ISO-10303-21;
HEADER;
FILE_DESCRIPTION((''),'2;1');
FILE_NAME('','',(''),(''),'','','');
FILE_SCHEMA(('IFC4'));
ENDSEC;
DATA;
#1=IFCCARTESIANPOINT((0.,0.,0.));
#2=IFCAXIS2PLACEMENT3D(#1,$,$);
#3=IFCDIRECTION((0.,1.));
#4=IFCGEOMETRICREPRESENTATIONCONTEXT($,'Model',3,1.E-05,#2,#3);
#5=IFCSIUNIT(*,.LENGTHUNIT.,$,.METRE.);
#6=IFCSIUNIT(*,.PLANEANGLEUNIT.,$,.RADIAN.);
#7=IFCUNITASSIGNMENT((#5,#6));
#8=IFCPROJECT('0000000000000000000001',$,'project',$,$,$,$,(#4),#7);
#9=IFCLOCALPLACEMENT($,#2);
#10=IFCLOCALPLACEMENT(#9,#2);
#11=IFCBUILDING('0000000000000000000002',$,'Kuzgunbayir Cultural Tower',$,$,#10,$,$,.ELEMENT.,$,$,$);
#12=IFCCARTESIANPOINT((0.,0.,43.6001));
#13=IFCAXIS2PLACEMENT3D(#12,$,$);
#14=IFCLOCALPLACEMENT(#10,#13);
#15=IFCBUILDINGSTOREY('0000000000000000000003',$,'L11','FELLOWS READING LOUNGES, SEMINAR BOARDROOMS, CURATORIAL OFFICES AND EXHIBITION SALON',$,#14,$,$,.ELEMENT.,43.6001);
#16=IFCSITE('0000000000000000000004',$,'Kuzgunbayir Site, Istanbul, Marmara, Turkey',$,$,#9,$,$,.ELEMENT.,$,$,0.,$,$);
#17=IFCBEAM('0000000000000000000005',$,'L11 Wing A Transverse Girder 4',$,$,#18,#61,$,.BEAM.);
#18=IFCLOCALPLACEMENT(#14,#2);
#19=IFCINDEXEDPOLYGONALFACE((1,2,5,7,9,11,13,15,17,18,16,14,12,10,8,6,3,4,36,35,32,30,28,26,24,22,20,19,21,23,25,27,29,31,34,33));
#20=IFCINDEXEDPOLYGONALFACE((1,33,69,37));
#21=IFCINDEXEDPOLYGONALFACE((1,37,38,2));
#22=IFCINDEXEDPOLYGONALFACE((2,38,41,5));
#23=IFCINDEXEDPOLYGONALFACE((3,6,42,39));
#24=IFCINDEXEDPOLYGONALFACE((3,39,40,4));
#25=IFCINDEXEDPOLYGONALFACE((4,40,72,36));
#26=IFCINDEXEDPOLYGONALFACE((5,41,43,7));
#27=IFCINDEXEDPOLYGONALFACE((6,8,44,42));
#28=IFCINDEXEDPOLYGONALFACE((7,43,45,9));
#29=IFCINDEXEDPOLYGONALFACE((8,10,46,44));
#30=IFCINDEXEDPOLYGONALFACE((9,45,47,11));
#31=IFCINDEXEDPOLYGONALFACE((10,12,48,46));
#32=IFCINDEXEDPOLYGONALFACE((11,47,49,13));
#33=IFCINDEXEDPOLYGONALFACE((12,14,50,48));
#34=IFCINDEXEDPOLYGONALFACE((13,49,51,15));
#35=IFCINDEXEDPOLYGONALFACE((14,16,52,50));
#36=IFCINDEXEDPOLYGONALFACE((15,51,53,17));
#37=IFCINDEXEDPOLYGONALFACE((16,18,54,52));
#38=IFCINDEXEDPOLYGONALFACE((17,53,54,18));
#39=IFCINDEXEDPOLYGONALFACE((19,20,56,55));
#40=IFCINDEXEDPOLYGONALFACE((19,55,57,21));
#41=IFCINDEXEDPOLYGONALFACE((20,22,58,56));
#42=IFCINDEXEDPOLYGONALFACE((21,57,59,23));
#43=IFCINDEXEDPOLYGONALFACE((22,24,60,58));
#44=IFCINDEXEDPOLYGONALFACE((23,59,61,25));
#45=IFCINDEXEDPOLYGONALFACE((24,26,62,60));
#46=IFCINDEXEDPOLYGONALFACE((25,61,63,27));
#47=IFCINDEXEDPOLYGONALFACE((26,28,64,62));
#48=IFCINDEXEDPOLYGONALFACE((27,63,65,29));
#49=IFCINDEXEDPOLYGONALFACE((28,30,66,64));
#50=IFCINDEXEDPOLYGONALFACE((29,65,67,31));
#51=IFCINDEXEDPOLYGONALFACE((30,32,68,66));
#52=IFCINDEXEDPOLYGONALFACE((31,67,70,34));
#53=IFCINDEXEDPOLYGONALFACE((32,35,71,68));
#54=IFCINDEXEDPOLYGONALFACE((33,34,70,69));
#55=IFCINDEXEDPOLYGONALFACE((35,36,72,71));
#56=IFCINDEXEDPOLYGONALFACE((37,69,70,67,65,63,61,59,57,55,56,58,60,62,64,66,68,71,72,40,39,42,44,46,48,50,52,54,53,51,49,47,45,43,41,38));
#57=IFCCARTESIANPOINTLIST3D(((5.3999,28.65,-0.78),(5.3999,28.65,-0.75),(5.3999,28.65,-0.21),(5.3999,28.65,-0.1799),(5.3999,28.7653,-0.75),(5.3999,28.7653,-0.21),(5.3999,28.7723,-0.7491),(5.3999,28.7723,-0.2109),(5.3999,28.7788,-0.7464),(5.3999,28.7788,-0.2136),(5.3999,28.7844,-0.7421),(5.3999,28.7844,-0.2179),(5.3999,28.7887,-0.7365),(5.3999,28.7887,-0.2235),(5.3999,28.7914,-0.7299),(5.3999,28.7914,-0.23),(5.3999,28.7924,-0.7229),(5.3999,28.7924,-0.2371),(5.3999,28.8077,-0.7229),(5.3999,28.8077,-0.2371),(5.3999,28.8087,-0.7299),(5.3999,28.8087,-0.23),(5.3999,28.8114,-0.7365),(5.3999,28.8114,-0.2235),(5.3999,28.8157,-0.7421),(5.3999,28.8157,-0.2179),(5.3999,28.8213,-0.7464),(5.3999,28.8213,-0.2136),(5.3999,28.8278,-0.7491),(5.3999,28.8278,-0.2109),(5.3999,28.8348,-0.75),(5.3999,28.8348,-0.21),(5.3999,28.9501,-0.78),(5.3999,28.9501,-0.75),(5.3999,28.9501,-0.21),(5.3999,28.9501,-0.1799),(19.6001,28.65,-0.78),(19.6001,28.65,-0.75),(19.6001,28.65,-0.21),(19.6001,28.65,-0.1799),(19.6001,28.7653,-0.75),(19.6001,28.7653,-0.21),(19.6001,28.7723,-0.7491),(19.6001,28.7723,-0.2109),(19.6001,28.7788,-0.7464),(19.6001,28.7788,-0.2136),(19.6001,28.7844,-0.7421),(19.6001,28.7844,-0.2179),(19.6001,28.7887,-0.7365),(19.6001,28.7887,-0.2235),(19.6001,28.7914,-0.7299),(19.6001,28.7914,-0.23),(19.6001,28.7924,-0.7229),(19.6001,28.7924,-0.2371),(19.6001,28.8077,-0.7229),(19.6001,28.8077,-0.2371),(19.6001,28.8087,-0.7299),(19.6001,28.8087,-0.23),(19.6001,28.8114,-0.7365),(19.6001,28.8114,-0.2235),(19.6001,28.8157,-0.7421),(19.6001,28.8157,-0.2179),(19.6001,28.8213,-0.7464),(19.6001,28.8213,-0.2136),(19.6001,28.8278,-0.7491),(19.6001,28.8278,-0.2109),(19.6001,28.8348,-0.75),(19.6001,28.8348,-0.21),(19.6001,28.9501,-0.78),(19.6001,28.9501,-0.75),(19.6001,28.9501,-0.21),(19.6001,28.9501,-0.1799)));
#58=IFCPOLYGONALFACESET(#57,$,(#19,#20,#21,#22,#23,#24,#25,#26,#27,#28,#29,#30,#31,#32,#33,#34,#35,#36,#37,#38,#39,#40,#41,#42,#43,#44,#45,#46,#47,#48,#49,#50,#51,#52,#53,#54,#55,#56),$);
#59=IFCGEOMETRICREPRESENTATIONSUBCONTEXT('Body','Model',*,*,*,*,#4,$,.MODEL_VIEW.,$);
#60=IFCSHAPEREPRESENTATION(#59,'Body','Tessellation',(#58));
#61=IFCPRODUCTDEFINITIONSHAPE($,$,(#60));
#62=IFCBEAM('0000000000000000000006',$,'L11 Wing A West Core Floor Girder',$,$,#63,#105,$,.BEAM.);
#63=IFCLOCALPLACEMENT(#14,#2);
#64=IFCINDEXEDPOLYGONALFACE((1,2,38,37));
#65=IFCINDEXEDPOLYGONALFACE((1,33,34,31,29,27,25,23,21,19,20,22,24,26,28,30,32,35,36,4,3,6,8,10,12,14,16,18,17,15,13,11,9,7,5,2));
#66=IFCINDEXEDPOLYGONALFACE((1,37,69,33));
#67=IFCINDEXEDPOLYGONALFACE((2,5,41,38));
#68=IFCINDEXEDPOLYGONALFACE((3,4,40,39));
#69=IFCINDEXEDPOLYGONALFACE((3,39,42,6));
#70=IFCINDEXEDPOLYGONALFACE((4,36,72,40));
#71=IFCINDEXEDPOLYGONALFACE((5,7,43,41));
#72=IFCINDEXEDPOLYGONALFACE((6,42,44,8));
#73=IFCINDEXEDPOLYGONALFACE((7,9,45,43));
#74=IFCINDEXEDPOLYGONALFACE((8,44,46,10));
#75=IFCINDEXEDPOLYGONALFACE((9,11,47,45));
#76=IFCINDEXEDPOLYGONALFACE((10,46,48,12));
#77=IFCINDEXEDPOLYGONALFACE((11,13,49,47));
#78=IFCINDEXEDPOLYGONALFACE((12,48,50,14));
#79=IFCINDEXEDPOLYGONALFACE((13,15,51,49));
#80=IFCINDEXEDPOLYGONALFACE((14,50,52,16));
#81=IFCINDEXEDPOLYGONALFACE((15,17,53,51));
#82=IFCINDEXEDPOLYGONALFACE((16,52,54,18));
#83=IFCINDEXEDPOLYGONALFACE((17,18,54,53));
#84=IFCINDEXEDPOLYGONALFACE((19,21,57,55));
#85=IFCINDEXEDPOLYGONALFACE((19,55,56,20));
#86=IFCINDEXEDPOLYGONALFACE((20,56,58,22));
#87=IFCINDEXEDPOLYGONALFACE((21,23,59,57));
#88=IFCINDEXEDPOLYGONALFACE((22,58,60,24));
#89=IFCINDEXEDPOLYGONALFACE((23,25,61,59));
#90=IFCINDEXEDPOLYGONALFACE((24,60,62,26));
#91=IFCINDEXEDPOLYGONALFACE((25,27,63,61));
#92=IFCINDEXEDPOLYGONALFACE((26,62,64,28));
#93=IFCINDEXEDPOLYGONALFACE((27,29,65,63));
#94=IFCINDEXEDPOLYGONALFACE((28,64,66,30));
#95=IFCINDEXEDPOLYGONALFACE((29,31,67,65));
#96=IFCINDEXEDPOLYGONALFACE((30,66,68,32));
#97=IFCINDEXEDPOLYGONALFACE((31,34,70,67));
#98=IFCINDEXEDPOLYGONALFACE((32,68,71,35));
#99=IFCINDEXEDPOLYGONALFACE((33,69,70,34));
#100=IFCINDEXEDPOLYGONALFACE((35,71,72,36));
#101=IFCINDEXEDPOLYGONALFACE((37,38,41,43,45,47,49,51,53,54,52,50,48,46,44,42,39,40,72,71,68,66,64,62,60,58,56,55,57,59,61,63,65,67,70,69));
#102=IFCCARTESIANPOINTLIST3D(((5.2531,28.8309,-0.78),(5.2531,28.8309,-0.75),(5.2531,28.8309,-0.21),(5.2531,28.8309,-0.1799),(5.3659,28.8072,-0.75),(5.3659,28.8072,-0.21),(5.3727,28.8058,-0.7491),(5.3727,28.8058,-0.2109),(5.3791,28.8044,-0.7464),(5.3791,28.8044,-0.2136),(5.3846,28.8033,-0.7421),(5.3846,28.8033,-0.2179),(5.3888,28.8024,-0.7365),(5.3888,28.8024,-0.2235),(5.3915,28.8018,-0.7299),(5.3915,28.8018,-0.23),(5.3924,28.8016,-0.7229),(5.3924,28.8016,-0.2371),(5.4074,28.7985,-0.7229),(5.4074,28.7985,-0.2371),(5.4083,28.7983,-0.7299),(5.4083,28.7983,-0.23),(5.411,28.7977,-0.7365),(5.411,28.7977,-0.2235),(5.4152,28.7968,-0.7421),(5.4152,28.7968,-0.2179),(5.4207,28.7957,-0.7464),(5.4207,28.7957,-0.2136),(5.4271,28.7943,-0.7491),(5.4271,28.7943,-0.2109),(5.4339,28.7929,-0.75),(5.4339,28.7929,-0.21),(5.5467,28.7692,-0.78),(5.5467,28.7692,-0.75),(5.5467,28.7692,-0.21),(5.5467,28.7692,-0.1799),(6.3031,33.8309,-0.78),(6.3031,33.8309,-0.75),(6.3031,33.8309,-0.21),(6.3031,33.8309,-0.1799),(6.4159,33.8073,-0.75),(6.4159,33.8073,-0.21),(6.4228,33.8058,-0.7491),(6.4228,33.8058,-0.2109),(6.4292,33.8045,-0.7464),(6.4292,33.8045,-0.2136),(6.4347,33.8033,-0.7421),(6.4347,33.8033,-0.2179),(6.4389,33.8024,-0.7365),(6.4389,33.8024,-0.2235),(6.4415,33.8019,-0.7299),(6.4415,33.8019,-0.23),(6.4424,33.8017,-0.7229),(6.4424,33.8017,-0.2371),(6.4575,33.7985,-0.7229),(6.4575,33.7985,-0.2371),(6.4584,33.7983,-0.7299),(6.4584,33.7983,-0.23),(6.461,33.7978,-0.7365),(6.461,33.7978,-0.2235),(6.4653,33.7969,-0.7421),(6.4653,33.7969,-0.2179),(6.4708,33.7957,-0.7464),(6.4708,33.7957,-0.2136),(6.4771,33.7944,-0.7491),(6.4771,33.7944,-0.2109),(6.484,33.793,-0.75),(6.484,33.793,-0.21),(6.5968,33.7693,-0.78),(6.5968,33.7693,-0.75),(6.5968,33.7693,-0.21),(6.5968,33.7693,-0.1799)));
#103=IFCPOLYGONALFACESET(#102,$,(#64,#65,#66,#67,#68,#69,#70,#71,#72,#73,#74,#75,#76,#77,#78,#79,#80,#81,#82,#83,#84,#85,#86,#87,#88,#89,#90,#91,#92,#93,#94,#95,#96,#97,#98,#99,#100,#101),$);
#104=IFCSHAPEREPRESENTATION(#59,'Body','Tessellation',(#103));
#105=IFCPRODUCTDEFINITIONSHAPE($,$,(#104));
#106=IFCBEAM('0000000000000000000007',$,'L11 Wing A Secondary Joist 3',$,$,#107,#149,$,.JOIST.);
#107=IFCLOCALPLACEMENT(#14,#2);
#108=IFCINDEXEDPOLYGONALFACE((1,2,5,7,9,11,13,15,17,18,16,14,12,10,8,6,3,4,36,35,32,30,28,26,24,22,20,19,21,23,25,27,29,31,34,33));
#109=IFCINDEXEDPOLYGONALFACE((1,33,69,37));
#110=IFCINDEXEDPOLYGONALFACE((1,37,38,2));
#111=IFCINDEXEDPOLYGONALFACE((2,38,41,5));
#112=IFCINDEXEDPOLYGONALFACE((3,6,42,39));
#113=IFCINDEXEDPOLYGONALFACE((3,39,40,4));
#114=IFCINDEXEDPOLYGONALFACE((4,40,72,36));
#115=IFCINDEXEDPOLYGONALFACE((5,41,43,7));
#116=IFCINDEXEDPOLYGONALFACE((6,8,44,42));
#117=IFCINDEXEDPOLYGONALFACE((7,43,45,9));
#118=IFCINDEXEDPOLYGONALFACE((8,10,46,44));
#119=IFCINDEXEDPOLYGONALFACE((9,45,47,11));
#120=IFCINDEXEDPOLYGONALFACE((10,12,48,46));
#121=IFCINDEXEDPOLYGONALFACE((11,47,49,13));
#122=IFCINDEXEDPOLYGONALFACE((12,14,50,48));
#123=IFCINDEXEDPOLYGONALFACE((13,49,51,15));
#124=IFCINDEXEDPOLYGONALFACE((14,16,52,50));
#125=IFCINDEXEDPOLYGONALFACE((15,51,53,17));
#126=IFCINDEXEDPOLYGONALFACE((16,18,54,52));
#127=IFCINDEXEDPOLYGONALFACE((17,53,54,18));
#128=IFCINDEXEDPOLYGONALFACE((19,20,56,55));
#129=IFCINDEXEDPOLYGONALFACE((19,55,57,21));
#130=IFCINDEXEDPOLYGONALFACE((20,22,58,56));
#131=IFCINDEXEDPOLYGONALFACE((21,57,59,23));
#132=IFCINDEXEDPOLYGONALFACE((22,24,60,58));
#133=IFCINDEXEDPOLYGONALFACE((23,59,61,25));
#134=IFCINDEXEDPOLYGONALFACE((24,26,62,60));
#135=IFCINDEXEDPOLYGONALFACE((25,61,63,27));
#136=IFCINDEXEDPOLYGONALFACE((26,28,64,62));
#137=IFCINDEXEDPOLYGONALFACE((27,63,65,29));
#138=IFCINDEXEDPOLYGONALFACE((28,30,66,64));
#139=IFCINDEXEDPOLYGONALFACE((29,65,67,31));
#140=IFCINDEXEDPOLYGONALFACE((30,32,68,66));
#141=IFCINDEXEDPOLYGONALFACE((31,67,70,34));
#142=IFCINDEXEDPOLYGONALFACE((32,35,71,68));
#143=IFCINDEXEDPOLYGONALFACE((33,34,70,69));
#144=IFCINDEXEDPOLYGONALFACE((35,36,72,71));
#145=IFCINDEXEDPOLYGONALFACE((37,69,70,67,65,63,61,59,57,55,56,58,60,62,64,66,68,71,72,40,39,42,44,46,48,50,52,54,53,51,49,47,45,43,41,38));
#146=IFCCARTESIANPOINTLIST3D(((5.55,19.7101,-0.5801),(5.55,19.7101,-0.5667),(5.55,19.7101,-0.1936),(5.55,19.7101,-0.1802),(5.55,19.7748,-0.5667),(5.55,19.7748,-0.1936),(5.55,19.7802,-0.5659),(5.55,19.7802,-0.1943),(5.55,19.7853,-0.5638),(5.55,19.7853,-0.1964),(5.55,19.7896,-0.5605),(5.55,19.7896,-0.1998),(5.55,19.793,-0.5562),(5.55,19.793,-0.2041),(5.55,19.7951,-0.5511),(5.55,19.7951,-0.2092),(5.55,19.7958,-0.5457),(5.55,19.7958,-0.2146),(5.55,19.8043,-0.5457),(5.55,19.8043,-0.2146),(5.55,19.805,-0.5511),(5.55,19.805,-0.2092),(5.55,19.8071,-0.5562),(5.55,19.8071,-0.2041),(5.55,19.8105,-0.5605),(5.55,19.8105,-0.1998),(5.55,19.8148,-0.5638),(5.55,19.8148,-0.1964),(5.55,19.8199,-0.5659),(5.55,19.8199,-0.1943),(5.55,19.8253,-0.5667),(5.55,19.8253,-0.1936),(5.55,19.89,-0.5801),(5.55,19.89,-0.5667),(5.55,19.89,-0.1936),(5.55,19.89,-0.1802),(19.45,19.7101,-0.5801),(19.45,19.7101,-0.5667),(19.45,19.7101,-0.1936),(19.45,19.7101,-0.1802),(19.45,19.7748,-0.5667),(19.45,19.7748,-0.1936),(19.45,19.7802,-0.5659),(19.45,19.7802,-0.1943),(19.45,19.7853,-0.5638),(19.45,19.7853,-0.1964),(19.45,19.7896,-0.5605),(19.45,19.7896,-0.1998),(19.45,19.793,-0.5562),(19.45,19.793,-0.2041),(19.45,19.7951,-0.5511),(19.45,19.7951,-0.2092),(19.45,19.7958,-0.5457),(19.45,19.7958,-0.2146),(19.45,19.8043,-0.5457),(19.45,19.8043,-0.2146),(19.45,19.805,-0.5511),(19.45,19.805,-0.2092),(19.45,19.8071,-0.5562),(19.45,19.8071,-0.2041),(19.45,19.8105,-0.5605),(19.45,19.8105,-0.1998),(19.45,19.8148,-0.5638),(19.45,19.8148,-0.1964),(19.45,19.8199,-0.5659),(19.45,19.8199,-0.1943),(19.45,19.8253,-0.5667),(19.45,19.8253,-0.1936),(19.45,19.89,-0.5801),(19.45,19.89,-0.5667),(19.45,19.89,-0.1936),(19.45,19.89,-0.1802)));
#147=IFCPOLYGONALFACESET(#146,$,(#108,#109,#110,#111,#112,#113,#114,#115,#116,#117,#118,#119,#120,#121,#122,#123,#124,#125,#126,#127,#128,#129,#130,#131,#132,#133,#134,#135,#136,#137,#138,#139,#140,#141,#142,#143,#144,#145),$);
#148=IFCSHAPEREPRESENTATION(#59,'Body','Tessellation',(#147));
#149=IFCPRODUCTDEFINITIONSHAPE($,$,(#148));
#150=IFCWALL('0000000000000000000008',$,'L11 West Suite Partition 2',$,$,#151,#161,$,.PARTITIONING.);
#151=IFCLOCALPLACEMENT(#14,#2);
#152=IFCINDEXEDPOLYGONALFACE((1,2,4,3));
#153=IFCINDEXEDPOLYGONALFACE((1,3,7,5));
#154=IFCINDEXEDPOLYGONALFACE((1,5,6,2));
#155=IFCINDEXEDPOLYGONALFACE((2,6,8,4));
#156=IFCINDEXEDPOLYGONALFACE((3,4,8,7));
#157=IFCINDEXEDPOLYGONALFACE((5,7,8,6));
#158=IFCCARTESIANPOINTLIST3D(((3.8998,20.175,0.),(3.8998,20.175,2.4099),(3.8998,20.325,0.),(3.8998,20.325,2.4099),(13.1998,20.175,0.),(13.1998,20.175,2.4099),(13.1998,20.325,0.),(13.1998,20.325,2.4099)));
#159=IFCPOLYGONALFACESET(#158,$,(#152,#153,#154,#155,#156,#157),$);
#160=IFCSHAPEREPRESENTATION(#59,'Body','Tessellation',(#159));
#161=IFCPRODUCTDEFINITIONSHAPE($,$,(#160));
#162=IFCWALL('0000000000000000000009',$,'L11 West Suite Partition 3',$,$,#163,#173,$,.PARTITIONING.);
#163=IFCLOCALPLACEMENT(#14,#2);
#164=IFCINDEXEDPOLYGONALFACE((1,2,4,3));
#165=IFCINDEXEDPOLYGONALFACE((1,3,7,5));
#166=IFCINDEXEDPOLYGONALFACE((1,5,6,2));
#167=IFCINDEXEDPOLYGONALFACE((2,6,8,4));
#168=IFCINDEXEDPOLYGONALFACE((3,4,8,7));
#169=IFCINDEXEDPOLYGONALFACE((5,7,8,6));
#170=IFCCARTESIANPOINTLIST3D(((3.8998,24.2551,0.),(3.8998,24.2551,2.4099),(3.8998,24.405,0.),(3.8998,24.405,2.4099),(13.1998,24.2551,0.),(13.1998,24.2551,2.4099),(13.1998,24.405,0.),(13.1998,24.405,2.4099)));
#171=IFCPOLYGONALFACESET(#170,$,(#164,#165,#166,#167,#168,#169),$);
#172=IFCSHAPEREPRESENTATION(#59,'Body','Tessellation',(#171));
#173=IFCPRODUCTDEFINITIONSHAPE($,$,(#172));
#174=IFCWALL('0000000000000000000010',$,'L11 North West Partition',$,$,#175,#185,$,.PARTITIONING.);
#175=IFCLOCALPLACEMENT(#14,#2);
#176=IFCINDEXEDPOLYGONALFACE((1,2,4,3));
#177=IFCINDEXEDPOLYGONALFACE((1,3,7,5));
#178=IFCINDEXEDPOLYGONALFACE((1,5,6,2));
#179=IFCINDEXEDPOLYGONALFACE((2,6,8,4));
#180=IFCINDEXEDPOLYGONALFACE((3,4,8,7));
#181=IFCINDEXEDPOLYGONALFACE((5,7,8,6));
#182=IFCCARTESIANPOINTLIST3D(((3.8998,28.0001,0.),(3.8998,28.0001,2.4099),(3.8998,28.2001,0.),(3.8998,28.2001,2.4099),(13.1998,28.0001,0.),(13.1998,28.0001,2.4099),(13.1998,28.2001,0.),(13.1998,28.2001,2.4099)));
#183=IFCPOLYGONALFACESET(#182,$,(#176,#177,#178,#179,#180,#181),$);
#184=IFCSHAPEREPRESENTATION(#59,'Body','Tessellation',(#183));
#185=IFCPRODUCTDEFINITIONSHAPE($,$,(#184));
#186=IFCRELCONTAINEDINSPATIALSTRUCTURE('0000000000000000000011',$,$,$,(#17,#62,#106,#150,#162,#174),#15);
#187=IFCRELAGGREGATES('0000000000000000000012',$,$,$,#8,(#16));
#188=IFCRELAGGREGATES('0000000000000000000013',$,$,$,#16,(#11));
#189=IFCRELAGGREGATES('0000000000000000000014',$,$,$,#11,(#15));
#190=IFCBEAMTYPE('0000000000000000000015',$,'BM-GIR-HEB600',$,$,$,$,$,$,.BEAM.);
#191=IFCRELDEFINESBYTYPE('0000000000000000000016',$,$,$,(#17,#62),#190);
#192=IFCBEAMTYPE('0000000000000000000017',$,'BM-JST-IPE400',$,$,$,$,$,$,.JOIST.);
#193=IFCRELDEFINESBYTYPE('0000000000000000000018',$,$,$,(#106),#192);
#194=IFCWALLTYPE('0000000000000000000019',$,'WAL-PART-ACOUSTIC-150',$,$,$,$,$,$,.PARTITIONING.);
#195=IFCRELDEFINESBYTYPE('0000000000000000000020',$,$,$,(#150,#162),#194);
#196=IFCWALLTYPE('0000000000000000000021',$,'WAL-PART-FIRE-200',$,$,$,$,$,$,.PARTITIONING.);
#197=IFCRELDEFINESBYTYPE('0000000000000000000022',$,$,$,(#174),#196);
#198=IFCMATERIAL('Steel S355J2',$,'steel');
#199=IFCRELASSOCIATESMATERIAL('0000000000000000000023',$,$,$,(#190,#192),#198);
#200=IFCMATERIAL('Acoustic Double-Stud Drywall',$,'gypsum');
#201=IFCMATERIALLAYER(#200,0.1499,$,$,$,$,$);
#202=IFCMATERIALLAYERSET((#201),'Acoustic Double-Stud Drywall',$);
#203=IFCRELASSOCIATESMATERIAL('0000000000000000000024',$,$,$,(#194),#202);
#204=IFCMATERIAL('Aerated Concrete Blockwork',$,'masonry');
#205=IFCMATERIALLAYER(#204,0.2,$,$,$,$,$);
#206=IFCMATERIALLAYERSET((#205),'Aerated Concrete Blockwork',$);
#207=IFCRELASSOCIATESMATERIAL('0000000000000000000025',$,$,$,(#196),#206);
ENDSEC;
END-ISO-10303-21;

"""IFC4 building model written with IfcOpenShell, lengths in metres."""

from ifc_helpers import new_model, si_unit, direction, frame, frame_2d, origin, origin_2d, place, context, subcontext, project, spatial, rectangle, i_section, extrude, material, layer, layer_set, material_profile, profile_set, type_object, element, save


model = new_model("IFC4")

# Units and contexts
model_context = context("Model", 3, precision=1e-05, world=origin(), true_north=direction((0.0, 1.0)))
body_context = subcontext(model_context, "Body", "Model", "MODEL_VIEW")
ifc_project = project(units=[si_unit("LENGTHUNIT", "METRE"), si_unit("PLANEANGLEUNIT", "RADIAN")], contexts=[model_context])

# Site, building, storey
site_placement = place(None, origin())
site = spatial("IfcSite", under=ifc_project, at=site_placement, Name="Kuzgunbayir Site, Istanbul, Marmara, Turkey", CompositionType="ELEMENT", RefElevation=0.0)
building_placement = place(site_placement, origin())
building = spatial("IfcBuilding", under=site, at=building_placement, Name="Kuzgunbayir Cultural Tower", CompositionType="ELEMENT")
storey_placement = place(building_placement, frame((0.0, 0.0, 43.6001)))
storey = spatial("IfcBuildingStorey", under=building, at=storey_placement, Name="L11", Description="FELLOWS READING LOUNGES, SEMINAR BOARDROOMS, CURATORIAL OFFICES AND EXHIBITION SALON", CompositionType="ELEMENT", Elevation=43.6001)

# Beams
ifc_material_1 = material(Name="Steel S355J2", Category="steel")
ifc_material_profile_1 = material_profile(ifc_material_1, i_section(OverallWidth=0.3, OverallDepth=0.6001, WebThickness=0.0154, FlangeThickness=0.03, FilletRadius=0.0271, at=origin_2d()), Name="HEB 600")
ifc_profile_set_1 = profile_set([ifc_material_profile_1], Name="Steel S355J2")
beam_type_1 = type_object("IfcBeamType", Name="BM-GIR-HEB600", PredefinedType="BEAM", material=ifc_profile_set_1)
for number, where, z_axis, x_axis, name in (
    (1, (5.3999, 28.8, -0.48), (1.0, 0.0, 0.0), (0.0, 1.0, 0.0), "L11 Wing A Transverse Girder 4"),
):
    element("IfcBeam", number, at=place(storey_placement, frame(where, z_axis=z_axis, x_axis=x_axis)), inside=storey, type_object=beam_type_1, Name=name, PredefinedType="BEAM", context=body_context, shape_type="SweptSolid", body=[
        extrude(i_section(OverallWidth=0.3, OverallDepth=0.6001, WebThickness=0.0154, FlangeThickness=0.03, FilletRadius=0.0271, at=origin_2d()), origin(), (0.0, 0.0, 1.0), 14.2002),
    ])
beam_1_placement = place(storey_placement, frame((5.3999, 28.8, -0.48), z_axis=(0.205526, 0.978652, 0.0), x_axis=(-0.978652, 0.205526, 0.0)))
element("IfcBeam", 2, at=beam_1_placement, inside=storey, type_object=beam_type_1, Name="L11 Wing A West Core Floor Girder", PredefinedType="BEAM", context=body_context, shape_type="SweptSolid", body=[
    extrude(i_section(OverallWidth=0.3, OverallDepth=0.6001, WebThickness=0.0154, FlangeThickness=0.03, FilletRadius=0.0271, at=origin_2d()), origin(), (0.0, 0.0, 1.0), 5.1091),
])
ifc_material_profile_2 = material_profile(ifc_material_1, i_section(OverallWidth=0.1799, OverallDepth=0.3999, WebThickness=0.0085, FlangeThickness=0.0134, FilletRadius=0.021, at=origin_2d()), Name="IPE 400")
ifc_profile_set_2 = profile_set([ifc_material_profile_2], Name="Steel S355J2")
beam_type_2 = type_object("IfcBeamType", Name="BM-JST-IPE400", PredefinedType="JOIST", material=ifc_profile_set_2)
beam_2_placement = place(storey_placement, frame((5.55, 19.8, -0.3801), z_axis=(1.0, 0.0, 0.0), x_axis=(0.0, 1.0, 0.0)))
element("IfcBeam", 3, at=beam_2_placement, inside=storey, type_object=beam_type_2, Name="L11 Wing A Secondary Joist 3", PredefinedType="JOIST", context=body_context, shape_type="SweptSolid", body=[
    extrude(i_section(OverallWidth=0.1799, OverallDepth=0.3999, WebThickness=0.0085, FlangeThickness=0.0134, FilletRadius=0.021, at=origin_2d()), origin(), (0.0, 0.0, 1.0), 13.8999),
])

# Walls
ifc_material_2 = material(Name="Acoustic Double-Stud Drywall", Category="gypsum")
ifc_layer_1 = layer(ifc_material_2, 0.1499)
ifc_layer_set_1 = layer_set([ifc_layer_1], Name="Acoustic Double-Stud Drywall")
wall_type_1 = type_object("IfcWallType", Name="WAL-PART-ACOUSTIC-150", PredefinedType="PARTITIONING", material=ifc_layer_set_1)
for number, where, z_axis, x_axis, name in (
    (4, (3.8999, 20.25, 0.0), (0.0, 0.0, 1.0), (1.0, 0.0, 0.0), "L11 West Suite Partition 2"),
    (5, (3.8999, 24.3301, 0.0), (0.0, 0.0, 1.0), (1.0, 0.0, 0.0), "L11 West Suite Partition 3"),
):
    element("IfcWall", number, at=place(storey_placement, frame(where, z_axis=z_axis, x_axis=x_axis)), inside=storey, type_object=wall_type_1, Name=name, PredefinedType="PARTITIONING", context=body_context, shape_type="SweptSolid", body=[
        extrude(rectangle(XDim=9.3, YDim=0.1499, at=frame_2d((4.6499, 0.0))), origin(), (0.0, 0.0, 1.0), 2.4099),
    ])
ifc_material_3 = material(Name="Aerated Concrete Blockwork", Category="masonry")
ifc_layer_2 = layer(ifc_material_3, 0.2)
ifc_layer_set_2 = layer_set([ifc_layer_2], Name="Aerated Concrete Blockwork")
wall_type_2 = type_object("IfcWallType", Name="WAL-PART-FIRE-200", PredefinedType="PARTITIONING", material=ifc_layer_set_2)
wall_placement = place(storey_placement, frame((3.8999, 28.1001, 0.0), z_axis=(0.0, 0.0, 1.0), x_axis=(1.0, 0.0, 0.0)))
element("IfcWall", 6, at=wall_placement, inside=storey, type_object=wall_type_2, Name="L11 North West Partition", PredefinedType="PARTITIONING", context=body_context, shape_type="SweptSolid", body=[
    extrude(rectangle(XDim=9.3, YDim=0.2, at=frame_2d((4.6499, 0.0))), origin(), (0.0, 0.0, 1.0), 2.4099),
])

save(model, "model.ifc")
